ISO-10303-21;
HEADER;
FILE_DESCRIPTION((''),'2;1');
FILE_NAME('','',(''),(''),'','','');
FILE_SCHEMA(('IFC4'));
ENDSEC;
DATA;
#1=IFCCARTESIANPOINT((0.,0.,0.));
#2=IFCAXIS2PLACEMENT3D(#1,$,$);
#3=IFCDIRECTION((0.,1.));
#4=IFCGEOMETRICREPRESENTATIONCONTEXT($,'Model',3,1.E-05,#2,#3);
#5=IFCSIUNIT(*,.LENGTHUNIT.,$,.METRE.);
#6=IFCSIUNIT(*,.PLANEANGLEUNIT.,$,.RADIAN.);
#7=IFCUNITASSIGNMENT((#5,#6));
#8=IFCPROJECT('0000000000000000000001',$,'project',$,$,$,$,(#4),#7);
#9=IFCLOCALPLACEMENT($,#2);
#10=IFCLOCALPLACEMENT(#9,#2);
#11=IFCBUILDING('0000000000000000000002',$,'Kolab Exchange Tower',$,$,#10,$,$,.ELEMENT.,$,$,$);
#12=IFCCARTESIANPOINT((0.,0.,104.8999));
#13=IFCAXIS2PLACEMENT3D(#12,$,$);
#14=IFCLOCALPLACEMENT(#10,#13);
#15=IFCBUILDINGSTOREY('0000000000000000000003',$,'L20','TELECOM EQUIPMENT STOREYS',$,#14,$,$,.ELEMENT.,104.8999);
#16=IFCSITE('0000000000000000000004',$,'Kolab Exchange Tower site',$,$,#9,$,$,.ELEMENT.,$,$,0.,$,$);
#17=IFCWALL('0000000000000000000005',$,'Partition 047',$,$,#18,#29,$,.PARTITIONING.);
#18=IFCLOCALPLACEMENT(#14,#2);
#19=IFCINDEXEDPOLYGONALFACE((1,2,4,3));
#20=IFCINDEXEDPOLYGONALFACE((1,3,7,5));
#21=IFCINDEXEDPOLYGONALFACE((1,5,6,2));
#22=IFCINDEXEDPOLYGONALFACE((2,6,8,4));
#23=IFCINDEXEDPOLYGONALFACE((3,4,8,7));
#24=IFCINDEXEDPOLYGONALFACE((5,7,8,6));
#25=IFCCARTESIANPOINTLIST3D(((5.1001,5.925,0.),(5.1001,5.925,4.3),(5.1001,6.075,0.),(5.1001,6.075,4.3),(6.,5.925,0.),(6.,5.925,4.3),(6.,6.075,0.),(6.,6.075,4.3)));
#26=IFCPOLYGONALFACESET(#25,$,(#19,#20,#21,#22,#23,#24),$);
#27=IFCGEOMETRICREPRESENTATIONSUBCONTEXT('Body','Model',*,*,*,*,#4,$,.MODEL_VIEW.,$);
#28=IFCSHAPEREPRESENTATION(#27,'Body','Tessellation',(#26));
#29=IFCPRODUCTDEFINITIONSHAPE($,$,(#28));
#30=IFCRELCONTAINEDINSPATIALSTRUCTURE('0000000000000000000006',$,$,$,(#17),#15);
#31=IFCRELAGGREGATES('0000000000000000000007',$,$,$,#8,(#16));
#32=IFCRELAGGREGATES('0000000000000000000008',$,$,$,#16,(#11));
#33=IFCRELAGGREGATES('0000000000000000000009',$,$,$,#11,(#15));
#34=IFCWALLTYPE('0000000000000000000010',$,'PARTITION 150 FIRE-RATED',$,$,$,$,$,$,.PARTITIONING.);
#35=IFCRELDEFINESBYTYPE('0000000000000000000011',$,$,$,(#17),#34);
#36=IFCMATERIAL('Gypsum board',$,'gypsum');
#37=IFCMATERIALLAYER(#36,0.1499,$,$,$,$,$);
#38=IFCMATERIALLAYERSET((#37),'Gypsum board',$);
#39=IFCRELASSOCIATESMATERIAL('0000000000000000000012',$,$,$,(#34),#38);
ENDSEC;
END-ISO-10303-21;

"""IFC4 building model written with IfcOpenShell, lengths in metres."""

from ifc_helpers import new_model, si_unit, direction, frame, frame_2d, origin, place, context, subcontext, project, spatial, rectangle, extrude, material, layer, layer_set, type_object, element, save


model = new_model("IFC4")

# Units and contexts
model_context = context("Model", 3, precision=1e-05, world=origin(), true_north=direction((0.0, 1.0)))
body_context = subcontext(model_context, "Body", "Model", "MODEL_VIEW")
ifc_project = project(units=[si_unit("LENGTHUNIT", "METRE"), si_unit("PLANEANGLEUNIT", "RADIAN")], contexts=[model_context])

# Site, building, storey
site_placement = place(None, origin())
site = spatial("IfcSite", under=ifc_project, at=site_placement, Name="Kolab Exchange Tower site", CompositionType="ELEMENT", RefElevation=0.0)
building_placement = place(site_placement, origin())
building = spatial("IfcBuilding", under=site, at=building_placement, Name="Kolab Exchange Tower", CompositionType="ELEMENT")
storey_placement = place(building_placement, frame((0.0, 0.0, 104.8999)))
storey = spatial("IfcBuildingStorey", under=building, at=storey_placement, Name="L20", Description="TELECOM EQUIPMENT STOREYS", CompositionType="ELEMENT", Elevation=104.8999)

# Wall
ifc_material_1 = material(Name="Gypsum board", Category="gypsum")
ifc_layer_1 = layer(ifc_material_1, 0.1499)
ifc_layer_set_1 = layer_set([ifc_layer_1], Name="Gypsum board")
wall_type_1 = type_object("IfcWallType", Name="PARTITION 150 FIRE-RATED", PredefinedType="PARTITIONING", material=ifc_layer_set_1)
wall_1_placement = place(storey_placement, frame((5.1001, 6.0, 0.0), z_axis=(0.0, 0.0, 1.0), x_axis=(1.0, 0.0, 0.0)))
element("IfcWall", 1, at=wall_1_placement, inside=storey, type_object=wall_type_1, Name="Partition 047", PredefinedType="PARTITIONING", context=body_context, shape_type="SweptSolid", body=[
    extrude(rectangle(XDim=0.8999, YDim=0.1499, at=frame_2d((0.45, 0.0))), origin(), (0.0, 0.0, 1.0), 4.3),
])

save(model, "model.ifc")
